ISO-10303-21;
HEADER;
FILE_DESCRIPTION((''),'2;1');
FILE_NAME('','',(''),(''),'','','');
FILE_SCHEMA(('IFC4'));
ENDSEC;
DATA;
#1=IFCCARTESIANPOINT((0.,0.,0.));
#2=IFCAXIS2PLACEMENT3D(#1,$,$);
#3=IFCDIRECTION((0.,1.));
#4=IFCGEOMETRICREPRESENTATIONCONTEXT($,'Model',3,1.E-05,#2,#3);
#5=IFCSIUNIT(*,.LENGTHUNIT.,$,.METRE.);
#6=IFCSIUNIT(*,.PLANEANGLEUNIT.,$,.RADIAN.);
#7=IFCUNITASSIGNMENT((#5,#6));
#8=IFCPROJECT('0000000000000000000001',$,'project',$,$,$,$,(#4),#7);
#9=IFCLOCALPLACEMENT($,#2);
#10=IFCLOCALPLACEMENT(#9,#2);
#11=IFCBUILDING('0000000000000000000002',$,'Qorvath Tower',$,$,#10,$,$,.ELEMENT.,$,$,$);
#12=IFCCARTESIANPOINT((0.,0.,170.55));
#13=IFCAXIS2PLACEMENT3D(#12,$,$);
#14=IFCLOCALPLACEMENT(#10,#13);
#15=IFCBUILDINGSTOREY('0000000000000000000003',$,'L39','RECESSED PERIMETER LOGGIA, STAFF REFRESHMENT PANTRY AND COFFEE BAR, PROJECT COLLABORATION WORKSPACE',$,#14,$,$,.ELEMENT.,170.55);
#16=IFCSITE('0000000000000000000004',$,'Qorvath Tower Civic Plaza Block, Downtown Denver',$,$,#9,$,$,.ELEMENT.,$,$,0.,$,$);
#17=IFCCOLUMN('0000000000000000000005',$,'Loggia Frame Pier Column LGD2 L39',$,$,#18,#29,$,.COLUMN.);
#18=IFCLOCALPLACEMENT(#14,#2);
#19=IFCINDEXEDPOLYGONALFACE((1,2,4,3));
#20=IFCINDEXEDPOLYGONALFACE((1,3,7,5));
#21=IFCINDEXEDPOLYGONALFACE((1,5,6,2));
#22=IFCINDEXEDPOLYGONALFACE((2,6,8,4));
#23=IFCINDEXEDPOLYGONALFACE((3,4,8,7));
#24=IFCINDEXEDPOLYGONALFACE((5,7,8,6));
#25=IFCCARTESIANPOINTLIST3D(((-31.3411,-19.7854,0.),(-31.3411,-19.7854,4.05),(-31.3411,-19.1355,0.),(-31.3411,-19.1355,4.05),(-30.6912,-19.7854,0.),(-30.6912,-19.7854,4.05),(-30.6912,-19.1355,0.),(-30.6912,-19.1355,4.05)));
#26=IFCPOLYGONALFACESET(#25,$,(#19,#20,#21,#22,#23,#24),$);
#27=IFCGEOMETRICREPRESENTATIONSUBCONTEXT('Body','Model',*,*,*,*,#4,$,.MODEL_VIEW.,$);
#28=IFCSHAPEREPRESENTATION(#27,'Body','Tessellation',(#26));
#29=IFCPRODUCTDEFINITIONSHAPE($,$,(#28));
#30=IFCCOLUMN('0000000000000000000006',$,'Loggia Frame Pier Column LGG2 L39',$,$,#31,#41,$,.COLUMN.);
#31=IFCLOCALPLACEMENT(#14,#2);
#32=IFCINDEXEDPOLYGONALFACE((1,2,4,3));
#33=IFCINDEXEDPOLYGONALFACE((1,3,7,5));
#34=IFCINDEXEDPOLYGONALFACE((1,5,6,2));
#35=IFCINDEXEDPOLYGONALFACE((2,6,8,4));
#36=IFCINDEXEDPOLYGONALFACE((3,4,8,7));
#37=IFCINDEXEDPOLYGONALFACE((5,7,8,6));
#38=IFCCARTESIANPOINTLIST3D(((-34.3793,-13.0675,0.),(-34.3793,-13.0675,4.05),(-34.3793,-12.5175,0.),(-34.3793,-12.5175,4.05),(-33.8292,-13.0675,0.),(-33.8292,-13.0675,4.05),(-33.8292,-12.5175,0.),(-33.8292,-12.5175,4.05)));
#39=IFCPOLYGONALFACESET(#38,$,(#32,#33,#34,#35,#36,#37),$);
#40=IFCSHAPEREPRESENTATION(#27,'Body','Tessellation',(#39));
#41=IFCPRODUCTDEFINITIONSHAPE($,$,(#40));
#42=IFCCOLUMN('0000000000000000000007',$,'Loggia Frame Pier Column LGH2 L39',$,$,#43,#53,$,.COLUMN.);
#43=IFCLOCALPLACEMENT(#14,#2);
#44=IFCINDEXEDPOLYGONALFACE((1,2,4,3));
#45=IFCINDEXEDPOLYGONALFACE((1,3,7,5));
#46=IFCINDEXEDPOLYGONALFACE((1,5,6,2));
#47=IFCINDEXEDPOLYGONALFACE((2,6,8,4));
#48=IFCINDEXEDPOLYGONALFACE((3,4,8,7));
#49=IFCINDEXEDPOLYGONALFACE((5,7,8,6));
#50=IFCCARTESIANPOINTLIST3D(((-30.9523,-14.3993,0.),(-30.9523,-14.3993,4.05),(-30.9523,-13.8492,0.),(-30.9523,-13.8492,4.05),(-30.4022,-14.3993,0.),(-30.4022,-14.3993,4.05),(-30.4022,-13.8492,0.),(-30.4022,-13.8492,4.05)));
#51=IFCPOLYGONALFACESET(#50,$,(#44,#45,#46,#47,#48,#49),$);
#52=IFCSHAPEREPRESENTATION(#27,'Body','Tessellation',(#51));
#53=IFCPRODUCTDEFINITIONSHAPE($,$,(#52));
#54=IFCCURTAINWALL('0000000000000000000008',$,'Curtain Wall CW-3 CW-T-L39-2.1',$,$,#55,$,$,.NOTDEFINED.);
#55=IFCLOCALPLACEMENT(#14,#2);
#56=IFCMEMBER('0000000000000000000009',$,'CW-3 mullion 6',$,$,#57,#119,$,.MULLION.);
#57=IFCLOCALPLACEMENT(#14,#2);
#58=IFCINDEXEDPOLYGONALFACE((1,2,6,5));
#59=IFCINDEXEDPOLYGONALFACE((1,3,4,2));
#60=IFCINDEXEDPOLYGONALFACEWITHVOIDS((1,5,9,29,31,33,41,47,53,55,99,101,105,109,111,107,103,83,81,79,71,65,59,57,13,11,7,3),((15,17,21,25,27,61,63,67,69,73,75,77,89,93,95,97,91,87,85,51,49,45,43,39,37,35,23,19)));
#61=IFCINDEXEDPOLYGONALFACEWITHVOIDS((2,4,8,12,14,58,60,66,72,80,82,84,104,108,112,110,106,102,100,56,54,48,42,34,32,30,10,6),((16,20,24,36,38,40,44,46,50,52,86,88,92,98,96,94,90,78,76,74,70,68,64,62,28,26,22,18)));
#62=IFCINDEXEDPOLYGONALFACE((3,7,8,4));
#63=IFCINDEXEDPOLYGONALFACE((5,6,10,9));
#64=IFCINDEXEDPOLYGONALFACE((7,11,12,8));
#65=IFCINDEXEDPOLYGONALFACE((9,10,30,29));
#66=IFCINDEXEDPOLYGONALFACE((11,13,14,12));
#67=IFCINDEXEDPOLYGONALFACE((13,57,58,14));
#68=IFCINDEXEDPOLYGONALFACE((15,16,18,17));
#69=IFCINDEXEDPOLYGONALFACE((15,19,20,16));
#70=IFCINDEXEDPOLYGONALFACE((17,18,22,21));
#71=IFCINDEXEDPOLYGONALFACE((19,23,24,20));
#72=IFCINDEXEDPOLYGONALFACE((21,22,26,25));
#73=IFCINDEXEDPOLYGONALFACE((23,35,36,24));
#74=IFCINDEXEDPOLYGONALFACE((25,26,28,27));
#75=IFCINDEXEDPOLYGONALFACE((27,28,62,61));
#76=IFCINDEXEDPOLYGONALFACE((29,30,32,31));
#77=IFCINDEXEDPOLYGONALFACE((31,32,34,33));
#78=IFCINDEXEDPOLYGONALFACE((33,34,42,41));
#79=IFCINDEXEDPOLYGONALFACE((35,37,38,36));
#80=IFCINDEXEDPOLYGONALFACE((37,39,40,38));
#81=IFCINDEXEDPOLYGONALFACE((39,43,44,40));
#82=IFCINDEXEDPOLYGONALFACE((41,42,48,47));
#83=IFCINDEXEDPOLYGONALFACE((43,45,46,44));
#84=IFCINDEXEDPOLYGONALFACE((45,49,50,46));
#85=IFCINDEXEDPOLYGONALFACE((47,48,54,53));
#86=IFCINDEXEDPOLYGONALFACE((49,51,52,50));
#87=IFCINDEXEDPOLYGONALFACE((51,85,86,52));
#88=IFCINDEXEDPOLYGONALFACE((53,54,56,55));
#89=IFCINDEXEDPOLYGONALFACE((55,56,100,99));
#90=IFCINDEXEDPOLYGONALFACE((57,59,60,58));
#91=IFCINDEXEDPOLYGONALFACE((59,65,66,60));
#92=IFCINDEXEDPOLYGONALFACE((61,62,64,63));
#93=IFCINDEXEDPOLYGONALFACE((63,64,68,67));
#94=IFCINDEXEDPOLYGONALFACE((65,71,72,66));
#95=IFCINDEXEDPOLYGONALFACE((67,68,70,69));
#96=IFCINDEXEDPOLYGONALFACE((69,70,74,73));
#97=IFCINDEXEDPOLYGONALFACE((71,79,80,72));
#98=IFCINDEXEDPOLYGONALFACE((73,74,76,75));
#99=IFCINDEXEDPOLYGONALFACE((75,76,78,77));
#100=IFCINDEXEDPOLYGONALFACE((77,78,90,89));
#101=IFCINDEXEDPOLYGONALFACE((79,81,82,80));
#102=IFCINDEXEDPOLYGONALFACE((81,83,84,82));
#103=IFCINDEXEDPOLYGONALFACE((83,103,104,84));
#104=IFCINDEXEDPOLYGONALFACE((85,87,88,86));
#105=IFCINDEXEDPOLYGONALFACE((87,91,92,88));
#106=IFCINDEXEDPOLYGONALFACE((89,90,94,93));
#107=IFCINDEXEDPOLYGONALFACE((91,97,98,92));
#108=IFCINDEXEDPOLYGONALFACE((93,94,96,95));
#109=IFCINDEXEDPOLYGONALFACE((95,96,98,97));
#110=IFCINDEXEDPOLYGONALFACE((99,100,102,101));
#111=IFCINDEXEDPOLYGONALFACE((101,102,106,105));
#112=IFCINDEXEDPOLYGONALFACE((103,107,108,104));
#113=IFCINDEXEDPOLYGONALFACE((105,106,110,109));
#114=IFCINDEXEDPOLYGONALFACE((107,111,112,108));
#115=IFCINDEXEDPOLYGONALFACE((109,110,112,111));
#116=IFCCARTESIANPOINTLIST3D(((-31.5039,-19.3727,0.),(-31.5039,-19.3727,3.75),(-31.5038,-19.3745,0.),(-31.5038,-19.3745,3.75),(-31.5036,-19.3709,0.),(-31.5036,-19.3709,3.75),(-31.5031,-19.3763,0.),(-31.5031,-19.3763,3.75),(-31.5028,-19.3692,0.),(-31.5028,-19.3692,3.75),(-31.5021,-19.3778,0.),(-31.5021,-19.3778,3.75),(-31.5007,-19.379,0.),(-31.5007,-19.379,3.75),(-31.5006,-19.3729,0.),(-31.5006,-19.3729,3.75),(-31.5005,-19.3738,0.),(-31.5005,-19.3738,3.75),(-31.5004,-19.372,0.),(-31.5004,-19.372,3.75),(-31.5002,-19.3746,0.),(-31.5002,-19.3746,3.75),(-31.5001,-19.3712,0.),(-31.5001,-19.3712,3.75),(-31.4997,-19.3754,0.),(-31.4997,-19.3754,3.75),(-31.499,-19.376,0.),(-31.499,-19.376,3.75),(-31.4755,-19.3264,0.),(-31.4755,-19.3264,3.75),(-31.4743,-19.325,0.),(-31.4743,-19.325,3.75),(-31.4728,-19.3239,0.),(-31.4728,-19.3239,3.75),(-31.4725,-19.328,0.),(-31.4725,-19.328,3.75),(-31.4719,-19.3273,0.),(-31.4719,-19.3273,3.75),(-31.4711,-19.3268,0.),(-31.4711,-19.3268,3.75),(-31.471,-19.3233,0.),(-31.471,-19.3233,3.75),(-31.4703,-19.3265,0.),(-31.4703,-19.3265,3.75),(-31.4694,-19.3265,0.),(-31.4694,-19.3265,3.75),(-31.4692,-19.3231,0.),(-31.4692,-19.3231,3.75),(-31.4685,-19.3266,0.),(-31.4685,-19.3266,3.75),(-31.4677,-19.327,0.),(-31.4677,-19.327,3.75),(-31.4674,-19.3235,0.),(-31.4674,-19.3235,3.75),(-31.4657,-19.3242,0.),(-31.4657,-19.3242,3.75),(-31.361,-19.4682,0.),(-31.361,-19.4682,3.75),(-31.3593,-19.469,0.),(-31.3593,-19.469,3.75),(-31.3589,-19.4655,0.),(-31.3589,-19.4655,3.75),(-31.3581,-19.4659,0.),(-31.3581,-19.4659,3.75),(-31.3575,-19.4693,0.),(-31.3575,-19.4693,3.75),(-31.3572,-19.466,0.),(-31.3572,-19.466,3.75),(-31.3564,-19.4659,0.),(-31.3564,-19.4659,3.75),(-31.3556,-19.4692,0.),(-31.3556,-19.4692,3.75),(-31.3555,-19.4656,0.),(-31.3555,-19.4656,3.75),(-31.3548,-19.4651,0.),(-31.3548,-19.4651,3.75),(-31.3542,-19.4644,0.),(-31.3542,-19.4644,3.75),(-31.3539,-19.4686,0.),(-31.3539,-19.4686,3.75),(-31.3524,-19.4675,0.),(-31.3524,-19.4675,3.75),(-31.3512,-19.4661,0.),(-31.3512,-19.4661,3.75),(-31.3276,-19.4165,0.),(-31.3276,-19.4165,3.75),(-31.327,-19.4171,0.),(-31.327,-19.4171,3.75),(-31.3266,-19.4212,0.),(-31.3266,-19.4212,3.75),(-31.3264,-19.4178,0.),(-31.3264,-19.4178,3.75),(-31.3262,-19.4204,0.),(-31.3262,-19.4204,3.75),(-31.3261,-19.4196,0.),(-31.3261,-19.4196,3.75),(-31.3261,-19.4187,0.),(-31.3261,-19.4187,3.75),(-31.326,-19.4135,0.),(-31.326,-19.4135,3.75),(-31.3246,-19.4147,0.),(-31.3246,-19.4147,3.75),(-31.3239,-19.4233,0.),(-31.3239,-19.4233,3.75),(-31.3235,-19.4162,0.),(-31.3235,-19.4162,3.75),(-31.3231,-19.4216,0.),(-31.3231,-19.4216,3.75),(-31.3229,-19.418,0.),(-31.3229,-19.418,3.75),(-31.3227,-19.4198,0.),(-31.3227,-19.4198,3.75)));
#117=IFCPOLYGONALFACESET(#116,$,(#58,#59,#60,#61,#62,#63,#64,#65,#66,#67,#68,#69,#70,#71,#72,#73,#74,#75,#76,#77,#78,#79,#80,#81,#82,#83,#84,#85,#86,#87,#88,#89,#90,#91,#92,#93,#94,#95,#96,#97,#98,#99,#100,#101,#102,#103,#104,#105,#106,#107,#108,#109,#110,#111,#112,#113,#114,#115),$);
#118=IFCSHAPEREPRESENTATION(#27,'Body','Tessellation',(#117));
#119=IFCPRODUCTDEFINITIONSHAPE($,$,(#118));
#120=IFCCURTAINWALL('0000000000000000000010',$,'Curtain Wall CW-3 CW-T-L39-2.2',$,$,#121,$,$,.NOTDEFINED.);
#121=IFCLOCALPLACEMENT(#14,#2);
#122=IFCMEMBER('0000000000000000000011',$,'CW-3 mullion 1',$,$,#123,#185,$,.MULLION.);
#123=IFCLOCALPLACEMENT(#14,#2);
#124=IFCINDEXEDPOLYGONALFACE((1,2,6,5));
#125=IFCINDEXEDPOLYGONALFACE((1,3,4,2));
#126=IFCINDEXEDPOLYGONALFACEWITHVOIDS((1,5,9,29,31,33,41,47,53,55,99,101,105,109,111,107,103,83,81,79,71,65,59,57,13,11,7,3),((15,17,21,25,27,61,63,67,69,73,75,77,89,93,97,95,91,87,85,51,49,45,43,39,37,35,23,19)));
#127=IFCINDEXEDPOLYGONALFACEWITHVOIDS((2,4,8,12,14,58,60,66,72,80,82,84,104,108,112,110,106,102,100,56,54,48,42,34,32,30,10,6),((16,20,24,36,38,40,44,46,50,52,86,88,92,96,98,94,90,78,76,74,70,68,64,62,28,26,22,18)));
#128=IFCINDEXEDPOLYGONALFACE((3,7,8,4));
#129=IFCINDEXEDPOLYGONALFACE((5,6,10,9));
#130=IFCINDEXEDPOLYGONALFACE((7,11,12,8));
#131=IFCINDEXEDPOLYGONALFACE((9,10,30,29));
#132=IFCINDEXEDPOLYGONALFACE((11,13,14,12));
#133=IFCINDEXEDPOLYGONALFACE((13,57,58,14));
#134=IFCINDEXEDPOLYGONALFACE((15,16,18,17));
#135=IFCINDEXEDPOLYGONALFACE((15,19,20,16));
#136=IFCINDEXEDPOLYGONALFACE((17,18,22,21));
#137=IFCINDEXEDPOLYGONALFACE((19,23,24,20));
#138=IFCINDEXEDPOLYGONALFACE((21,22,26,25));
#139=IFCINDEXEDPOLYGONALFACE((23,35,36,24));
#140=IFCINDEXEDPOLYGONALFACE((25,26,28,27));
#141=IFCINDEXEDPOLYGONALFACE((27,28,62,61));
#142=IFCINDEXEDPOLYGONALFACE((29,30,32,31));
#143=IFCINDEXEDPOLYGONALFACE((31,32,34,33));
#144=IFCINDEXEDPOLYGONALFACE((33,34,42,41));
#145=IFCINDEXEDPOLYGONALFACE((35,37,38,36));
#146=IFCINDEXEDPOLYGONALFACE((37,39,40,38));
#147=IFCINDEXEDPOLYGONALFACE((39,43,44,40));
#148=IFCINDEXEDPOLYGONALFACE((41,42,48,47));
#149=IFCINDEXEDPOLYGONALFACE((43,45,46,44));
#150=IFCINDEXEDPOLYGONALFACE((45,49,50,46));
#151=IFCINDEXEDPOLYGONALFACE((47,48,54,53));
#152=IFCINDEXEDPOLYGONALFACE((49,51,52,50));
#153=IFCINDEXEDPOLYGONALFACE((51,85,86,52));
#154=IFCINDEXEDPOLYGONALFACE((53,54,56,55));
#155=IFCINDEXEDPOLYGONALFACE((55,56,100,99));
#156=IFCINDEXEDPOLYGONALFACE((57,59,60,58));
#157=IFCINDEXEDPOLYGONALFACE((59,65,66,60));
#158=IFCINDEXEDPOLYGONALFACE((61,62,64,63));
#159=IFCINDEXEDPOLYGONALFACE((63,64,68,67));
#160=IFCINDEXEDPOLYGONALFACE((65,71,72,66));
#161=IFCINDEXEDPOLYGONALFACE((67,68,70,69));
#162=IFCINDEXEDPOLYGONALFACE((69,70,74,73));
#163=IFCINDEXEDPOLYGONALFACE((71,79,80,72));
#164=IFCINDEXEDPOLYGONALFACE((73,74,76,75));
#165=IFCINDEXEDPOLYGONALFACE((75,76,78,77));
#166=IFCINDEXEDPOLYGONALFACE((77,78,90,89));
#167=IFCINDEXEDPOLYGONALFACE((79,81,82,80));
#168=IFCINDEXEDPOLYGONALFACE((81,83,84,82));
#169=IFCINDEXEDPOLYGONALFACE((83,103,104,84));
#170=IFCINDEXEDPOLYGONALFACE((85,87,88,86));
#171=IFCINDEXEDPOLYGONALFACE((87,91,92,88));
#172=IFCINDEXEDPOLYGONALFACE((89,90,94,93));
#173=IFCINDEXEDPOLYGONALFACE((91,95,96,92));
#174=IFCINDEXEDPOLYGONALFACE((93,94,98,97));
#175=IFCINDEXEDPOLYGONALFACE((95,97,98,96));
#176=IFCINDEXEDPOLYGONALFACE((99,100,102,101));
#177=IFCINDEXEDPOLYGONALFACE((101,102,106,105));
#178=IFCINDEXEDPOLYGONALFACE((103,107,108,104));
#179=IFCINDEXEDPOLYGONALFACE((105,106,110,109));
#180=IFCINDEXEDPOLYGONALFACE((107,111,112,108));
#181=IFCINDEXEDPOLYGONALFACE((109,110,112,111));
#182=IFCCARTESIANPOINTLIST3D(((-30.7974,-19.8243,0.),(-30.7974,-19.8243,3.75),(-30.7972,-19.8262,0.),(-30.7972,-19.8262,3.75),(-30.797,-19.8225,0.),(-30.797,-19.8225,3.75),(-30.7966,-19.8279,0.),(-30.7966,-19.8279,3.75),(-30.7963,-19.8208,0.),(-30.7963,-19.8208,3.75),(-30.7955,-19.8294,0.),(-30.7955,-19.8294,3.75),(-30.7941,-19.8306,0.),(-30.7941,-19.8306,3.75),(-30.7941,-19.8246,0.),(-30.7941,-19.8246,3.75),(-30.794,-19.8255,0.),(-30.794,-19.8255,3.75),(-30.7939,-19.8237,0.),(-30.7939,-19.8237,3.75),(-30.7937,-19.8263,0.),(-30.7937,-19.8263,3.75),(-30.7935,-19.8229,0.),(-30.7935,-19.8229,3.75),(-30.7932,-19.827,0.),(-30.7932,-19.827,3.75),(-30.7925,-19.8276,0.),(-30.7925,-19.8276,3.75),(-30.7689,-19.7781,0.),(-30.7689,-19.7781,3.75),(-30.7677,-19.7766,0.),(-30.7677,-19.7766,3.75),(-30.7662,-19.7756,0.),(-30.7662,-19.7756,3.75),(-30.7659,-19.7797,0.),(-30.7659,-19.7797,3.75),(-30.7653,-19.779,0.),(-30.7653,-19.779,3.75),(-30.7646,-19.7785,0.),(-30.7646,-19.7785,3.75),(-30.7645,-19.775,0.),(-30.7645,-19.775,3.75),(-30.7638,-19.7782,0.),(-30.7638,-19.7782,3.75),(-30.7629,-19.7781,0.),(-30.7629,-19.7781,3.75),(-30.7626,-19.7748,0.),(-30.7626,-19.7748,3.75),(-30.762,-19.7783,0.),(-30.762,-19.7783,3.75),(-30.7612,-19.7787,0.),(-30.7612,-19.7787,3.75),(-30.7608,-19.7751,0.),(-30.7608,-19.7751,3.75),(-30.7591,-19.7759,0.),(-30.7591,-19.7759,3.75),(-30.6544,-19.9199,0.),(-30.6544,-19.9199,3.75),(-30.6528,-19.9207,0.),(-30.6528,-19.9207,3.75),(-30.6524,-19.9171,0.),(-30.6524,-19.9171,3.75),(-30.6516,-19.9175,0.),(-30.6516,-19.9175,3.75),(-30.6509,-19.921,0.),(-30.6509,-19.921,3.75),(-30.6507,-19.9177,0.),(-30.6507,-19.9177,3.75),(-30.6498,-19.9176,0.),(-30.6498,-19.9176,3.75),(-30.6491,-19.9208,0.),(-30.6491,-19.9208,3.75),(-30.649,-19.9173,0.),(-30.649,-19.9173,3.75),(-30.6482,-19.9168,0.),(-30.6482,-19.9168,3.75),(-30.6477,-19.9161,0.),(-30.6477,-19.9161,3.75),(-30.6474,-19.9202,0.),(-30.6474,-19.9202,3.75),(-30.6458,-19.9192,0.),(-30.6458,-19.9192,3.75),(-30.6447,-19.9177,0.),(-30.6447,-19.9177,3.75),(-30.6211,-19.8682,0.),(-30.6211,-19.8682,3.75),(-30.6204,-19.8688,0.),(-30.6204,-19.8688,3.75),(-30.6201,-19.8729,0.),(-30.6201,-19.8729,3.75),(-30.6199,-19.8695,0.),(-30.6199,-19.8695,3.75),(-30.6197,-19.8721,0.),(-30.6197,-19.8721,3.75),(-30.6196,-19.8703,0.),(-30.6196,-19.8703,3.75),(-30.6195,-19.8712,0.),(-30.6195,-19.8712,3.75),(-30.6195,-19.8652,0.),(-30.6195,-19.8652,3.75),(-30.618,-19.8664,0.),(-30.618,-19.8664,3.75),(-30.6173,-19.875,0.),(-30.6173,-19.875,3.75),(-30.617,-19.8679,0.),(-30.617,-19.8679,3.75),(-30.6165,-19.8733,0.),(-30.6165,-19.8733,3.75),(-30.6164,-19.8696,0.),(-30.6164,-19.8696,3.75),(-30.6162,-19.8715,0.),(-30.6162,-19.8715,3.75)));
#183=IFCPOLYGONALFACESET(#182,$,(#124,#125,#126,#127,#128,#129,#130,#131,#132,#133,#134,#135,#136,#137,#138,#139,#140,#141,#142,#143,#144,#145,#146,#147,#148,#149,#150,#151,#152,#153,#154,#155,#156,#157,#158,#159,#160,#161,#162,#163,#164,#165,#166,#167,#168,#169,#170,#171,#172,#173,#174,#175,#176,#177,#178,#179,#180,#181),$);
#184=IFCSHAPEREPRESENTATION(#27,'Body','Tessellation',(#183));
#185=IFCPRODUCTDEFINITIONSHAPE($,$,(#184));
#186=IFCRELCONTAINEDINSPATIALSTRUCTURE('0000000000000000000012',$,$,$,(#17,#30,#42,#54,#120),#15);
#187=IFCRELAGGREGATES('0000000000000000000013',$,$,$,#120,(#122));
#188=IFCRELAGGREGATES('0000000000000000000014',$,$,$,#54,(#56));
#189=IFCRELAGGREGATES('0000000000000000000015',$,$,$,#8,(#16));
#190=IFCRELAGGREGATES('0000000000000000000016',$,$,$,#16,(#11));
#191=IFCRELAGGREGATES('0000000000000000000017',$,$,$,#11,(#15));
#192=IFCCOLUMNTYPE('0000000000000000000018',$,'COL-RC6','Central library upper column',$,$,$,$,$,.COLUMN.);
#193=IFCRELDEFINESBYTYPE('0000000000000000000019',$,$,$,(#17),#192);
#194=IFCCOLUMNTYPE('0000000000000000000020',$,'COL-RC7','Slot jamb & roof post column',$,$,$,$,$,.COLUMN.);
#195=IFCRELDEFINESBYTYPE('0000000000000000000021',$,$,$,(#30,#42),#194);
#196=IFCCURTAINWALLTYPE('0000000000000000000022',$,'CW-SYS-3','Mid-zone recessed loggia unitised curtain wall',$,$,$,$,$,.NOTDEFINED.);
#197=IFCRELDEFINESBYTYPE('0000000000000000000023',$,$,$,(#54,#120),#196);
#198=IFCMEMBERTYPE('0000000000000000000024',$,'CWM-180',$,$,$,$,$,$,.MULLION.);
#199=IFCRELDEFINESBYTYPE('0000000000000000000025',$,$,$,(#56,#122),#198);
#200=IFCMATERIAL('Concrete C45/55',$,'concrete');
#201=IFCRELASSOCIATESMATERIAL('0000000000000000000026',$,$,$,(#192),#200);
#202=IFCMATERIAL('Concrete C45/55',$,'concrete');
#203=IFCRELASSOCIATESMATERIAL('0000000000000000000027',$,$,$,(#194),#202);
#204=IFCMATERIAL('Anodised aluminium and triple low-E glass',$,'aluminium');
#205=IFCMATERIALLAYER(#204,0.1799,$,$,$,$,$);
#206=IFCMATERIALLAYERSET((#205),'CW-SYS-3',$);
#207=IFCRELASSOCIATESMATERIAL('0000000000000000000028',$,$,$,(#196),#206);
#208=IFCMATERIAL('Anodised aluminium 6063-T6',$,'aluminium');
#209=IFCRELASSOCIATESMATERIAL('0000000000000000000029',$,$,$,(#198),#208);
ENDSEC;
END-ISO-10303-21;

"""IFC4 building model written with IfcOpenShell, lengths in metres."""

from ifc_helpers import new_model, si_unit, direction, frame, origin, origin_2d, place, context, subcontext, project, spatial, rectangle, hollow_rectangle, extrude, material, layer, layer_set, material_profile, profile_set, type_object, element, aggregate, save


model = new_model("IFC4")

# Units and contexts
model_context = context("Model", 3, precision=1e-05, world=origin(), true_north=direction((0.0, 1.0)))
body_context = subcontext(model_context, "Body", "Model", "MODEL_VIEW")
ifc_project = project(units=[si_unit("LENGTHUNIT", "METRE"), si_unit("PLANEANGLEUNIT", "RADIAN")], contexts=[model_context])

# Site, building, storey
site_placement = place(None, origin())
site = spatial("IfcSite", under=ifc_project, at=site_placement, Name="Qorvath Tower Civic Plaza Block, Downtown Denver", CompositionType="ELEMENT", RefElevation=0.0)
building_placement = place(site_placement, origin())
building = spatial("IfcBuilding", under=site, at=building_placement, Name="Qorvath Tower", CompositionType="ELEMENT")
storey_placement = place(building_placement, frame((0.0, 0.0, 170.55)))
storey = spatial("IfcBuildingStorey", under=building, at=storey_placement, Name="L39", Description="RECESSED PERIMETER LOGGIA, STAFF REFRESHMENT PANTRY AND COFFEE BAR, PROJECT COLLABORATION WORKSPACE", CompositionType="ELEMENT", Elevation=170.55)

# Columns
ifc_material_1 = material(Name="Concrete C45/55", Category="concrete")
ifc_material_profile_1 = material_profile(ifc_material_1, rectangle(XDim=0.6499, YDim=0.6499, at=origin_2d()), Name="RC 650x650")
ifc_profile_set_1 = profile_set([ifc_material_profile_1], Name="Concrete C45/55")
column_type_1 = type_object("IfcColumnType", Name="COL-RC6", Description="Central library upper column", PredefinedType="COLUMN", material=ifc_profile_set_1)
column_placement = place(storey_placement, frame((-31.0161, -19.4604, 0.0), z_axis=(0.0, 0.0, 1.0), x_axis=(1.0, 0.0, 0.0)))
element("IfcColumn", 1, at=column_placement, inside=storey, type_object=column_type_1, Name="Loggia Frame Pier Column LGD2 L39", PredefinedType="COLUMN", context=body_context, shape_type="SweptSolid", body=[
    extrude(rectangle(XDim=0.6499, YDim=0.6499, at=origin_2d()), origin(), (0.0, 0.0, 1.0), 4.05),
])
ifc_material_2 = material(Name="Concrete C45/55", Category="concrete")
ifc_material_profile_2 = material_profile(ifc_material_2, rectangle(XDim=0.55, YDim=0.55, at=origin_2d()), Name="RC 550x550")
ifc_profile_set_2 = profile_set([ifc_material_profile_2], Name="Concrete C45/55")
column_type_2 = type_object("IfcColumnType", Name="COL-RC7", Description="Slot jamb & roof post column", PredefinedType="COLUMN", material=ifc_profile_set_2)
for number, where, z_axis, x_axis, name in (
    (2, (-34.1042, -12.7925, 0.0), (0.0, 0.0, 1.0), (1.0, 0.0, 0.0), "Loggia Frame Pier Column LGG2 L39"),
    (3, (-30.6772, -14.1243, 0.0), (0.0, 0.0, 1.0), (1.0, 0.0, 0.0), "Loggia Frame Pier Column LGH2 L39"),
):
    element("IfcColumn", number, at=place(storey_placement, frame(where, z_axis=z_axis, x_axis=x_axis)), inside=storey, type_object=column_type_2, Name=name, PredefinedType="COLUMN", context=body_context, shape_type="SweptSolid", body=[
        extrude(rectangle(XDim=0.55, YDim=0.55, at=origin_2d()), origin(), (0.0, 0.0, 1.0), 4.05),
    ])

# Curtain walls, members
ifc_material_3 = material(Name="Anodised aluminium and triple low-E glass", Category="aluminium")
ifc_layer_1 = layer(ifc_material_3, 0.1799)
ifc_layer_set_1 = layer_set([ifc_layer_1], Name="CW-SYS-3")
curtain_wall_type = type_object("IfcCurtainWallType", Name="CW-SYS-3", Description="Mid-zone recessed loggia unitised curtain wall", PredefinedType="NOTDEFINED", material=ifc_layer_set_1)
curtain_wall_1_placement = place(storey_placement, origin())
curtain_wall_1 = element("IfcCurtainWall", 4, at=curtain_wall_1_placement, inside=storey, type_object=curtain_wall_type, Name="Curtain Wall CW-3 CW-T-L39-2.1", PredefinedType="NOTDEFINED")
ifc_material_4 = material(Name="Anodised aluminium 6063-T6", Category="aluminium")
ifc_material_profile_3 = material_profile(ifc_material_4, hollow_rectangle(XDim=0.0649, YDim=0.1799, WallThickness=0.0034, InnerFilletRadius=0.0034, OuterFilletRadius=0.0071, at=origin_2d()), Name="CWM 180x65")
ifc_profile_set_3 = profile_set([ifc_material_profile_3], Name="Anodised aluminium 6063-T6")
member_type_1 = type_object("IfcMemberType", Name="CWM-180", PredefinedType="MULLION", material=ifc_profile_set_3)
member_1_placement = place(storey_placement, frame((-31.4133, -19.3962, 0.0), z_axis=(0.0, 0.0, 1.0), x_axis=(0.538529, 0.842607, 0.0)))
member_1 = element("IfcMember", 5, at=member_1_placement, type_object=member_type_1, Name="CW-3 mullion 6", PredefinedType="MULLION", context=body_context, shape_type="SweptSolid", body=[
    extrude(hollow_rectangle(XDim=0.0649, YDim=0.1799, WallThickness=0.0034, InnerFilletRadius=0.0034, OuterFilletRadius=0.0071, at=origin_2d()), origin(), (0.0, 0.0, 1.0), 3.75),
])
curtain_wall_2_placement = place(storey_placement, origin())
curtain_wall_2 = element("IfcCurtainWall", 6, at=curtain_wall_2_placement, inside=storey, type_object=curtain_wall_type, Name="Curtain Wall CW-3 CW-T-L39-2.2", PredefinedType="NOTDEFINED")
member_2_placement = place(storey_placement, frame((-30.7068, -19.8479, 0.0), z_axis=(0.0, 0.0, 1.0), x_axis=(0.538534, 0.842604, 0.0)))
member_2 = element("IfcMember", 7, at=member_2_placement, type_object=member_type_1, Name="CW-3 mullion 1", PredefinedType="MULLION", context=body_context, shape_type="SweptSolid", body=[
    extrude(hollow_rectangle(XDim=0.0649, YDim=0.1799, WallThickness=0.0034, InnerFilletRadius=0.0034, OuterFilletRadius=0.0071, at=origin_2d()), origin(), (0.0, 0.0, 1.0), 3.75),
])

aggregate(curtain_wall_2, [member_2])

aggregate(curtain_wall_1, [member_1])

save(model, "model.ifc")
